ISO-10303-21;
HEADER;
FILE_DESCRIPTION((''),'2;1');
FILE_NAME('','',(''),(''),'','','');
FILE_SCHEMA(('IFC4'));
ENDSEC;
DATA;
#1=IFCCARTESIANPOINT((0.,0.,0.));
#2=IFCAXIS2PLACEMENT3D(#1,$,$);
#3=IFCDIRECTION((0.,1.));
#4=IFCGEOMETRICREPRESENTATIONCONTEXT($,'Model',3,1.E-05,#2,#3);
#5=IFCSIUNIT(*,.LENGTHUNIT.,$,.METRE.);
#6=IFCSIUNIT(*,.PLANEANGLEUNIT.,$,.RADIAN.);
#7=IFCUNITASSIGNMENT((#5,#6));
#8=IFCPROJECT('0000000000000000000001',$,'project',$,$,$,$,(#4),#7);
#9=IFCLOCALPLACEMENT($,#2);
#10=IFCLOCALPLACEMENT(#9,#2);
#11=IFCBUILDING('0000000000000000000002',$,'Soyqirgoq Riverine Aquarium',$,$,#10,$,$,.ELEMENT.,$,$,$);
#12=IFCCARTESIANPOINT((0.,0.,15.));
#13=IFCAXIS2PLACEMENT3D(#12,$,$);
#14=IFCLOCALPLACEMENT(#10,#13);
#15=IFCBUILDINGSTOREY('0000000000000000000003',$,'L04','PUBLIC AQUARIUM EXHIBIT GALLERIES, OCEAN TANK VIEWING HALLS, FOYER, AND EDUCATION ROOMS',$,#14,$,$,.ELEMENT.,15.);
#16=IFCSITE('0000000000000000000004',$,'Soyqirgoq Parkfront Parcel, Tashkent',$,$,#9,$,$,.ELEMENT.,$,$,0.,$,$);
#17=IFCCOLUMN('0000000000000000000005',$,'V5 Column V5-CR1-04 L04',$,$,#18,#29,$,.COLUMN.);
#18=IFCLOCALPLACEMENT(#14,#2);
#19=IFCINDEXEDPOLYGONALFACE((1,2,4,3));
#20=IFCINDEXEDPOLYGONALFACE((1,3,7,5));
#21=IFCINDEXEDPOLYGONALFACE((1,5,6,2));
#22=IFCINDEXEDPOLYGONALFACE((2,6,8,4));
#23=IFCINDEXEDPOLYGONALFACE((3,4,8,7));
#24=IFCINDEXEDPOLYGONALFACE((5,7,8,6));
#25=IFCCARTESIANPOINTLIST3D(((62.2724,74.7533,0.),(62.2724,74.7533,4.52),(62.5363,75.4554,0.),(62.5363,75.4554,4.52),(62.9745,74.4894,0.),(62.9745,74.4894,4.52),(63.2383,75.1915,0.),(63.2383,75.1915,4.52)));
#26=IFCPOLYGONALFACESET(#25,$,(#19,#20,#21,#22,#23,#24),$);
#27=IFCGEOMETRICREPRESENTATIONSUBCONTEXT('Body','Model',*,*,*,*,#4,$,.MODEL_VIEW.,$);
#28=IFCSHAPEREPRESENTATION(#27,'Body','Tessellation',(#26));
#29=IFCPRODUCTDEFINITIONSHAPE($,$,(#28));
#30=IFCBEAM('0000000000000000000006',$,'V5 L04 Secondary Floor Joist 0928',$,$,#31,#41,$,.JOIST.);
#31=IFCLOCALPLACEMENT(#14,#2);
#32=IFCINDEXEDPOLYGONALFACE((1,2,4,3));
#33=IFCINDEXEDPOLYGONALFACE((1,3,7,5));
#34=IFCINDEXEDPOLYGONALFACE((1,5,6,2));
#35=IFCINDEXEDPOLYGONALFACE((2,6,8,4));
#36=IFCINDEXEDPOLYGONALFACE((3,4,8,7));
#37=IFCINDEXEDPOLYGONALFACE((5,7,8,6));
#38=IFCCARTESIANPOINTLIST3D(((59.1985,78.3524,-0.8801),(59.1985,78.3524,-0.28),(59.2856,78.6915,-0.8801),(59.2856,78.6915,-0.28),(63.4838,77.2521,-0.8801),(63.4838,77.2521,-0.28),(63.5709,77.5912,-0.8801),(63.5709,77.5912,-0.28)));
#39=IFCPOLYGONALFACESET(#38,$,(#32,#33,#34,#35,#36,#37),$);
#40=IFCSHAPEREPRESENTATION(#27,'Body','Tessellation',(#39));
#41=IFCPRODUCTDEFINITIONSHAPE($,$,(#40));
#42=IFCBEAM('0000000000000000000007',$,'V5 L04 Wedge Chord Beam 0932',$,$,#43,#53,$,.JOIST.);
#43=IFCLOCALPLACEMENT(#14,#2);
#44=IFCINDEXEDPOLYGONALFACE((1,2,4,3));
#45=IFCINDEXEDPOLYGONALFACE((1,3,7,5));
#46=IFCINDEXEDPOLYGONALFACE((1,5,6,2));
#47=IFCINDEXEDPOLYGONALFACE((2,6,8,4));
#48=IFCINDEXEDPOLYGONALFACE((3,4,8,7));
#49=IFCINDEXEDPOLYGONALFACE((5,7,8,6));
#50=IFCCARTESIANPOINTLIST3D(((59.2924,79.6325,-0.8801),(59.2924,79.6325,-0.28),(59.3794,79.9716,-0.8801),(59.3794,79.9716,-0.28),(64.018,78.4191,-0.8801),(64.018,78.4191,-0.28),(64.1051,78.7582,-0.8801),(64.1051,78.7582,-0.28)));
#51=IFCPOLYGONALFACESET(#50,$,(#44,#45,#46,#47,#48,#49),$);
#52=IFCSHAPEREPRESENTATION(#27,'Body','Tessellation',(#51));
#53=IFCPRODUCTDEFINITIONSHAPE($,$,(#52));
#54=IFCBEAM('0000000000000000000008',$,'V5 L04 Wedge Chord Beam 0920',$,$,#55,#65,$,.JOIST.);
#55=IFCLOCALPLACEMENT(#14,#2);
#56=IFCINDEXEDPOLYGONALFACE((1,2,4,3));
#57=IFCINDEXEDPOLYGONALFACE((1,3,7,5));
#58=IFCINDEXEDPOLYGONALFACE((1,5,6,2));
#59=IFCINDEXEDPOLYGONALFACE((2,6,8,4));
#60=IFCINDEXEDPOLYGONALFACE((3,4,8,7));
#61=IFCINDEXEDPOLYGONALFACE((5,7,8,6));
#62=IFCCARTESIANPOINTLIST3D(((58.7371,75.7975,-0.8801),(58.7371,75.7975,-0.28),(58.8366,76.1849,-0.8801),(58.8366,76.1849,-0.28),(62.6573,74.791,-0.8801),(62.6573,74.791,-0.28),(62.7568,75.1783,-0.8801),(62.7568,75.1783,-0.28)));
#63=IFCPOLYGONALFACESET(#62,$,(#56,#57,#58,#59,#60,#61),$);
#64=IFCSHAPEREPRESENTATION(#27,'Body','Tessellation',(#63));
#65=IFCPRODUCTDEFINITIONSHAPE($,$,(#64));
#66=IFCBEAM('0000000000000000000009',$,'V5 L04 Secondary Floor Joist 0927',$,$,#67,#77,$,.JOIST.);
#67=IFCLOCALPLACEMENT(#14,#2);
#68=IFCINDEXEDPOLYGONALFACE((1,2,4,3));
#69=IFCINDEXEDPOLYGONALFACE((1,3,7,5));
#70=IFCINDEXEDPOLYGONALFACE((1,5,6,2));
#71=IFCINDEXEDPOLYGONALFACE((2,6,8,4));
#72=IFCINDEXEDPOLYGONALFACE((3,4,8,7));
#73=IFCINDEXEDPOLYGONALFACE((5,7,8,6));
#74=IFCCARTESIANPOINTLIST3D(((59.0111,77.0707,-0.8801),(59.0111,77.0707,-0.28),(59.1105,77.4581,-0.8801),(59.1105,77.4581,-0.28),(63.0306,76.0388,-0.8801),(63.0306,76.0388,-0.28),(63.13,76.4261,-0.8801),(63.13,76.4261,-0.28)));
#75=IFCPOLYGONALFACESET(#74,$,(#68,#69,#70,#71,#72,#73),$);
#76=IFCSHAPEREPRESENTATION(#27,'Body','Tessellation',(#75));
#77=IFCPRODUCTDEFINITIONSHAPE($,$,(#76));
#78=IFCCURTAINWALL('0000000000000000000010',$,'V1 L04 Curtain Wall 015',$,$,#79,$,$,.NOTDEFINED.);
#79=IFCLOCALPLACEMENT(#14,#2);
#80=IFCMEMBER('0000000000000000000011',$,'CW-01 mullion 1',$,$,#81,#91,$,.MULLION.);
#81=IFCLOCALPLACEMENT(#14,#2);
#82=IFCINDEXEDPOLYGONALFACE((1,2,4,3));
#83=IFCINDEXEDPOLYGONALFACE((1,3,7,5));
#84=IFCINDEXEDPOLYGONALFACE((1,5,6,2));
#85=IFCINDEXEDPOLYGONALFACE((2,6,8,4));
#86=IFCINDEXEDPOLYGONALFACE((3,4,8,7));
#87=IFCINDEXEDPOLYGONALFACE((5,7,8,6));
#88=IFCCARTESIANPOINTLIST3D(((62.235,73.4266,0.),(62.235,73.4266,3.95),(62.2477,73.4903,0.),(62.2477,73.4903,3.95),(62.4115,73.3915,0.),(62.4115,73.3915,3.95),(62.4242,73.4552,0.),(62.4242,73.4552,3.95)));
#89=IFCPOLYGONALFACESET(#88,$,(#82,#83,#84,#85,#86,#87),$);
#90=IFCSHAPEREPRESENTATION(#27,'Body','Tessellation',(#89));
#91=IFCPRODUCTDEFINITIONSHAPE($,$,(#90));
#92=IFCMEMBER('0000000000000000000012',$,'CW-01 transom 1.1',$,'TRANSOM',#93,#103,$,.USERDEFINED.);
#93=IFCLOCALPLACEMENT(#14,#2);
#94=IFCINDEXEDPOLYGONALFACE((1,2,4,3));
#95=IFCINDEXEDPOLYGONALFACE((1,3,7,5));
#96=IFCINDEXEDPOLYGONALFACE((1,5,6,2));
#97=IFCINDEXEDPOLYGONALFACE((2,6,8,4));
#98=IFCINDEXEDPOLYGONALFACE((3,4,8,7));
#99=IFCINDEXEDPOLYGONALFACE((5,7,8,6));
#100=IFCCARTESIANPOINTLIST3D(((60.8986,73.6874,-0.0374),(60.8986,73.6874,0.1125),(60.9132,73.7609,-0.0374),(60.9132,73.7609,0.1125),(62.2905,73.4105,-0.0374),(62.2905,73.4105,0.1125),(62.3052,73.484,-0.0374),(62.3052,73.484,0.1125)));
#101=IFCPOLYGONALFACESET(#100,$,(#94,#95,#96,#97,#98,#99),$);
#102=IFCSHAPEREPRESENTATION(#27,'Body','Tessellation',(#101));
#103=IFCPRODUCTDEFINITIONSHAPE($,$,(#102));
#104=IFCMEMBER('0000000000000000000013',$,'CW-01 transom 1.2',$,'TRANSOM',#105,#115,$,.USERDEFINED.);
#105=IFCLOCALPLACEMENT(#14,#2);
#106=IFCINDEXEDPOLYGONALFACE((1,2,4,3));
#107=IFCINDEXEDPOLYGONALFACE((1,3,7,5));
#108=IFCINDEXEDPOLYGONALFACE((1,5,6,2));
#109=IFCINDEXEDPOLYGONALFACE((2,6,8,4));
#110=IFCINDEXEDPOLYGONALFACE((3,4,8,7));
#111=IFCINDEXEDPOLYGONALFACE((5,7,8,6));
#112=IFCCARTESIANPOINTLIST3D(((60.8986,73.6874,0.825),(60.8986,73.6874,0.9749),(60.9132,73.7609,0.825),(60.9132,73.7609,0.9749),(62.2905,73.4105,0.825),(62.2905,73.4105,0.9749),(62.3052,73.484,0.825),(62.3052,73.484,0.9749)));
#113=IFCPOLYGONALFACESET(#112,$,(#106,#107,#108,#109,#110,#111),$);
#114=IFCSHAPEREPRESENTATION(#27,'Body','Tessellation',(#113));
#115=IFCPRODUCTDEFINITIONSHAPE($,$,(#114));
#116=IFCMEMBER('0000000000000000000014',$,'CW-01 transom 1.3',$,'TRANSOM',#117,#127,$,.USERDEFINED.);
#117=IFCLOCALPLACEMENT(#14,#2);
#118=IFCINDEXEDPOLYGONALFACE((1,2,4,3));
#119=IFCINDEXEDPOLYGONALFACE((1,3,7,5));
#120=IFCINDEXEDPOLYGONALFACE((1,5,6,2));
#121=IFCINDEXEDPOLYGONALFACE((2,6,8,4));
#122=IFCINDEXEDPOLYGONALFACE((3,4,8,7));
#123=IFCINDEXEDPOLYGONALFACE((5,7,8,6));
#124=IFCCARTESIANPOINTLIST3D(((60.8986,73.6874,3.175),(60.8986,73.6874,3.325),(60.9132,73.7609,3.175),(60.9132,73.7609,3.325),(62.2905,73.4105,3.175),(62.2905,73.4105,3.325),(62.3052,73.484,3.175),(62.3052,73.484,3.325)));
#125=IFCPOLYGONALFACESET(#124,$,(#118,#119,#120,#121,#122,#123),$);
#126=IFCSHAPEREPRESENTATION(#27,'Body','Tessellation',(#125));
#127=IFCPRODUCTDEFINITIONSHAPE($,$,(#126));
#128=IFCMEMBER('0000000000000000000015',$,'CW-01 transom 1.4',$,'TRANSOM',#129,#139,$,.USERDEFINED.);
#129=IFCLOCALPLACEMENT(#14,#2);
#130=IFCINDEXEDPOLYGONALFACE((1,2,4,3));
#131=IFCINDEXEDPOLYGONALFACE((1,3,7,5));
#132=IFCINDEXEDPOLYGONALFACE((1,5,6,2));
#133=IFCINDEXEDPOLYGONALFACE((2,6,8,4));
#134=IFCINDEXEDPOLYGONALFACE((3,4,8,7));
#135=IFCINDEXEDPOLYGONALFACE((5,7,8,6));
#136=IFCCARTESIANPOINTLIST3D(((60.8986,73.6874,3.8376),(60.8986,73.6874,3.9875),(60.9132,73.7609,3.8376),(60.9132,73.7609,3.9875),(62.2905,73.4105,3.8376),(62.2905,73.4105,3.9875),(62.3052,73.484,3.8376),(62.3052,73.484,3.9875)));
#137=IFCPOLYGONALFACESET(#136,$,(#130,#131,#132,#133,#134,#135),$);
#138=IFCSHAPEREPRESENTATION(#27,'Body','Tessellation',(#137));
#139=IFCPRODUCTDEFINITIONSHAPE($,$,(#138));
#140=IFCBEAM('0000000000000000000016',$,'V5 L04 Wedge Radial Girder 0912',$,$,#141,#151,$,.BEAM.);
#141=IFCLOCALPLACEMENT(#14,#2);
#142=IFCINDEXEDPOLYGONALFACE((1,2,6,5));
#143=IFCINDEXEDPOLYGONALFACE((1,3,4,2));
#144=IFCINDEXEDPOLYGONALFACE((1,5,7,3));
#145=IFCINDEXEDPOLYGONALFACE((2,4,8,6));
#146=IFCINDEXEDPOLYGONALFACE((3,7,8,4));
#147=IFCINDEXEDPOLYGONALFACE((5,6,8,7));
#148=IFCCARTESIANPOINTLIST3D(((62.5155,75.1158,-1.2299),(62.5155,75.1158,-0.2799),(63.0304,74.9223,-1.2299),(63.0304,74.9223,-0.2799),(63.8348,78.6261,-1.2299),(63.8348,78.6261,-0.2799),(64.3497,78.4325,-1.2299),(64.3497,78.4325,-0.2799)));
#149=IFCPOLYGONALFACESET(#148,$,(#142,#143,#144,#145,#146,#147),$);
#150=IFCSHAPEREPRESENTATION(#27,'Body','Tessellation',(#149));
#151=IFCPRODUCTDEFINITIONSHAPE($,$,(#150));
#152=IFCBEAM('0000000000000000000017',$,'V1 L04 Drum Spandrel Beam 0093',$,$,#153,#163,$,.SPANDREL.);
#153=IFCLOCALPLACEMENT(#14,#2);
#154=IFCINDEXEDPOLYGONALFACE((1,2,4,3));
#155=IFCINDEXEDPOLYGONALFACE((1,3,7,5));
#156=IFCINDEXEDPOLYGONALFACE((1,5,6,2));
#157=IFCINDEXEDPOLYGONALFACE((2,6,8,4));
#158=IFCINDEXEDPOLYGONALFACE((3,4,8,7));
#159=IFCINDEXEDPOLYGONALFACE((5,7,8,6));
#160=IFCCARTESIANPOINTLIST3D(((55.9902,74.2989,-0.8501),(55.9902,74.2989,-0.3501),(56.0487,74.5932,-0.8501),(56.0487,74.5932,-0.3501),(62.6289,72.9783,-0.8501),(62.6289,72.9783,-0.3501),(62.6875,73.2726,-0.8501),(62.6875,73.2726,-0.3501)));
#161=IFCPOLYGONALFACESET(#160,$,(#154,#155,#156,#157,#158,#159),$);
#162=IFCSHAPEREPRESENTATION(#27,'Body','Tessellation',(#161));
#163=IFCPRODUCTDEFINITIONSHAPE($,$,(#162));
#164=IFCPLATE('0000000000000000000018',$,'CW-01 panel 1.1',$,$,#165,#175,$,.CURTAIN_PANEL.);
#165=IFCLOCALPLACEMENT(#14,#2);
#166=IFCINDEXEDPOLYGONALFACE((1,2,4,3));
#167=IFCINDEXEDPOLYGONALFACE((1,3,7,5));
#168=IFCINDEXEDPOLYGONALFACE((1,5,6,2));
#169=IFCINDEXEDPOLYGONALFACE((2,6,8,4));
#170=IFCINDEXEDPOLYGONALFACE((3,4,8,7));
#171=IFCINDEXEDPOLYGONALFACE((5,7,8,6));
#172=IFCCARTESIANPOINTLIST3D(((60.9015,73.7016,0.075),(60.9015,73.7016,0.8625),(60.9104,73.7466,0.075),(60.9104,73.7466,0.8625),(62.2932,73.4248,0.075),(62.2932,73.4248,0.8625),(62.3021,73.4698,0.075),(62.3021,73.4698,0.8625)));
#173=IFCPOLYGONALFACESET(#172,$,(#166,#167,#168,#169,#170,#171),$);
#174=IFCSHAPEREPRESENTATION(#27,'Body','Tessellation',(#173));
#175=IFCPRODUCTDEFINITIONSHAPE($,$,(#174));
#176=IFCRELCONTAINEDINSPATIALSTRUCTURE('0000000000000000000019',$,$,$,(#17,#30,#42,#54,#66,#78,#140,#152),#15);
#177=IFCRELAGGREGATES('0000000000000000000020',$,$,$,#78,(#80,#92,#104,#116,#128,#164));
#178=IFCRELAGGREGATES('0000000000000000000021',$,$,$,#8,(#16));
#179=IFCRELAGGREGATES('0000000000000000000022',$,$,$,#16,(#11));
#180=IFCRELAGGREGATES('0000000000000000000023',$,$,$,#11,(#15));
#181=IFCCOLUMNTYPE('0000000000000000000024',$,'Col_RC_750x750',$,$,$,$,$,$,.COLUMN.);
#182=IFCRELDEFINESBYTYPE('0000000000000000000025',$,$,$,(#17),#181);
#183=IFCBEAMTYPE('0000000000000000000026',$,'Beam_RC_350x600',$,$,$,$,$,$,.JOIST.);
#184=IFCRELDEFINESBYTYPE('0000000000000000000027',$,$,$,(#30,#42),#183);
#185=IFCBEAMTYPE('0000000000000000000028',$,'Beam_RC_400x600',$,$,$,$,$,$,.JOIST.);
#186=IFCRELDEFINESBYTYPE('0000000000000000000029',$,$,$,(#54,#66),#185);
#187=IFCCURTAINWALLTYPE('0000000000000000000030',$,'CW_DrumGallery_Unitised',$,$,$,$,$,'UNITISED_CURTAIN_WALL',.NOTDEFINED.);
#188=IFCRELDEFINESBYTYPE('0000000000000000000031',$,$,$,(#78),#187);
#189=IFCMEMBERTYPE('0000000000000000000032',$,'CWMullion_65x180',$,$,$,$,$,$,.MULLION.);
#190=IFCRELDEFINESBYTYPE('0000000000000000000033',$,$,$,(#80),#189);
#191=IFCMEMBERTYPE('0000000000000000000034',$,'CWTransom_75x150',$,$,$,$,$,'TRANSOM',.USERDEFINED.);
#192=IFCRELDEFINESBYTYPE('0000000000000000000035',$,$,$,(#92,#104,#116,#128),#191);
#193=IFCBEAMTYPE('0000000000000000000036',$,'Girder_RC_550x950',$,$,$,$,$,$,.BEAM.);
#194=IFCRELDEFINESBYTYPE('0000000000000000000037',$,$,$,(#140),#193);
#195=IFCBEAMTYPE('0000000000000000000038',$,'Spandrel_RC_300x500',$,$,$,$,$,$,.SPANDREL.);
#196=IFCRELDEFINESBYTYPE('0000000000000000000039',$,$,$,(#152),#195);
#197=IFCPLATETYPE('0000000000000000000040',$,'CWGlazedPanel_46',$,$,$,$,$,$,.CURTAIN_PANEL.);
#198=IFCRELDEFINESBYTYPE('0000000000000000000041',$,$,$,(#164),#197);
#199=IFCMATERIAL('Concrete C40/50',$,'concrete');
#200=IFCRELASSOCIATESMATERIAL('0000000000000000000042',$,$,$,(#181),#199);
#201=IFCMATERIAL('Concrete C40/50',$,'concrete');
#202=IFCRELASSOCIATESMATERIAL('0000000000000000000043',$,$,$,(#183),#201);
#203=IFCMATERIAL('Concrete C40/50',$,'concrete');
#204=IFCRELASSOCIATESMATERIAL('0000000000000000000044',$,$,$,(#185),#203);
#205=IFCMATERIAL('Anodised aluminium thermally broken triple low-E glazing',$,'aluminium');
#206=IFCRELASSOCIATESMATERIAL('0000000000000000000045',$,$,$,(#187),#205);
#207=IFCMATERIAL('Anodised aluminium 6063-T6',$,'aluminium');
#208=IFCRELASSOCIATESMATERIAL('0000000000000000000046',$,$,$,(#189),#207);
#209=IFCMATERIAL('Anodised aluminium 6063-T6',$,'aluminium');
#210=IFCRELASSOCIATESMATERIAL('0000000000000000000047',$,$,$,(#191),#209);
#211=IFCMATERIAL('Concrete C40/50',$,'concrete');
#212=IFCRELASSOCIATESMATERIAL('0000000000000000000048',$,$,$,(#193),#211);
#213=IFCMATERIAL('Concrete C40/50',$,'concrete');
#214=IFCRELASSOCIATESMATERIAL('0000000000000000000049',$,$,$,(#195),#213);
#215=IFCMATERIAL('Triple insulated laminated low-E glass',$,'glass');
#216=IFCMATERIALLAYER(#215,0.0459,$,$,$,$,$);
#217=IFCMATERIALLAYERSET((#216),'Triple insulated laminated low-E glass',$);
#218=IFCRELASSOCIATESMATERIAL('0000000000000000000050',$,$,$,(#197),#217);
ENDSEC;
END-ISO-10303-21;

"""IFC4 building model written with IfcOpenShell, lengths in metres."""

from ifc_helpers import new_model, si_unit, direction, frame, origin, origin_2d, place, context, subcontext, project, spatial, rectangle, extrude, material, layer, layer_set, material_profile, profile_set, type_object, element, aggregate, save


model = new_model("IFC4")

# Units and contexts
model_context = context("Model", 3, precision=1e-05, world=origin(), true_north=direction((0.0, 1.0)))
body_context = subcontext(model_context, "Body", "Model", "MODEL_VIEW")
ifc_project = project(units=[si_unit("LENGTHUNIT", "METRE"), si_unit("PLANEANGLEUNIT", "RADIAN")], contexts=[model_context])

# Site, building, storey
site_placement = place(None, origin())
site = spatial("IfcSite", under=ifc_project, at=site_placement, Name="Soyqirgoq Parkfront Parcel, Tashkent", CompositionType="ELEMENT", RefElevation=0.0)
building_placement = place(site_placement, origin())
building = spatial("IfcBuilding", under=site, at=building_placement, Name="Soyqirgoq Riverine Aquarium", CompositionType="ELEMENT")
storey_placement = place(building_placement, frame((0.0, 0.0, 15.0)))
storey = spatial("IfcBuildingStorey", under=building, at=storey_placement, Name="L04", Description="PUBLIC AQUARIUM EXHIBIT GALLERIES, OCEAN TANK VIEWING HALLS, FOYER, AND EDUCATION ROOMS", CompositionType="ELEMENT", Elevation=15.0)

# Column
ifc_material_1 = material(Name="Concrete C40/50", Category="concrete")
ifc_material_profile_1 = material_profile(ifc_material_1, rectangle(XDim=0.75, YDim=0.75, at=origin_2d()), Name="RC 750x750")
ifc_profile_set_1 = profile_set([ifc_material_profile_1], Name="Concrete C40/50")
column_type_1 = type_object("IfcColumnType", Name="Col_RC_750x750", PredefinedType="COLUMN", material=ifc_profile_set_1)
column_1_placement = place(storey_placement, frame((62.7554, 74.9724, 0.0), z_axis=(0.0, 0.0, 1.0), x_axis=(0.351842, 0.93606, 0.0)))
element("IfcColumn", 1, at=column_1_placement, inside=storey, type_object=column_type_1, Name="V5 Column V5-CR1-04 L04", PredefinedType="COLUMN", context=body_context, shape_type="SweptSolid", body=[
    extrude(rectangle(XDim=0.75, YDim=0.75, at=origin_2d()), origin(), (0.0, 0.0, 1.0), 4.52),
])

# Beams
ifc_material_2 = material(Name="Concrete C40/50", Category="concrete")
ifc_material_profile_2 = material_profile(ifc_material_2, rectangle(XDim=0.3501, YDim=0.6001, at=origin_2d()), Name="RC 350x600")
ifc_profile_set_2 = profile_set([ifc_material_profile_2], Name="Concrete C40/50")
beam_type_1 = type_object("IfcBeamType", Name="Beam_RC_350x600", PredefinedType="JOIST", material=ifc_profile_set_2)
beam_1_placement = place(storey_placement, frame((63.5273, 77.4216, -0.5801), z_axis=(-0.968581, 0.248698, 0.0), x_axis=(-0.248698, -0.968581, 0.0)))
element("IfcBeam", 2, at=beam_1_placement, inside=storey, type_object=beam_type_1, Name="V5 L04 Secondary Floor Joist 0928", PredefinedType="JOIST", context=body_context, shape_type="SweptSolid", body=[
    extrude(rectangle(XDim=0.3501, YDim=0.6001, at=origin_2d()), origin(), (0.0, 0.0, 1.0), 4.4243),
])
beam_2_placement = place(storey_placement, frame((64.0615, 78.5886, -0.5801), z_axis=(-0.96858, 0.2487, 0.0), x_axis=(-0.2487, -0.96858, 0.0)))
element("IfcBeam", 3, at=beam_2_placement, inside=storey, type_object=beam_type_1, Name="V5 L04 Wedge Chord Beam 0932", PredefinedType="JOIST", context=body_context, shape_type="SweptSolid", body=[
    extrude(rectangle(XDim=0.3501, YDim=0.6001, at=origin_2d()), origin(), (0.0, 0.0, 1.0), 4.8789),
])
ifc_material_3 = material(Name="Concrete C40/50", Category="concrete")
ifc_material_profile_3 = material_profile(ifc_material_3, rectangle(XDim=0.3999, YDim=0.6001, at=origin_2d()), Name="RC 400x600")
ifc_profile_set_3 = profile_set([ifc_material_profile_3], Name="Concrete C40/50")
beam_type_2 = type_object("IfcBeamType", Name="Beam_RC_400x600", PredefinedType="JOIST", material=ifc_profile_set_3)
beam_3_placement = place(storey_placement, frame((62.707, 74.9846, -0.5801), z_axis=(-0.968579, 0.248705, 0.0), x_axis=(-0.248705, -0.968579, 0.0)))
element("IfcBeam", 4, at=beam_3_placement, inside=storey, type_object=beam_type_2, Name="V5 L04 Wedge Chord Beam 0920", PredefinedType="JOIST", context=body_context, shape_type="SweptSolid", body=[
    extrude(rectangle(XDim=0.3999, YDim=0.6001, at=origin_2d()), origin(), (0.0, 0.0, 1.0), 4.0474),
])
beam_4_placement = place(storey_placement, frame((63.0803, 76.2324, -0.5801), z_axis=(-0.968587, 0.248677, 0.0), x_axis=(-0.248677, -0.968587, 0.0)))
element("IfcBeam", 5, at=beam_4_placement, inside=storey, type_object=beam_type_2, Name="V5 L04 Secondary Floor Joist 0927", PredefinedType="JOIST", context=body_context, shape_type="SweptSolid", body=[
    extrude(rectangle(XDim=0.3999, YDim=0.6001, at=origin_2d()), origin(), (0.0, 0.0, 1.0), 4.1499),
])

# Curtain wall, members
ifc_material_4 = material(Name="Anodised aluminium thermally broken triple low-E glazing", Category="aluminium")
curtain_wall_type = type_object("IfcCurtainWallType", Name="CW_DrumGallery_Unitised", ElementType="UNITISED_CURTAIN_WALL", PredefinedType="NOTDEFINED", material=ifc_material_4)
curtain_wall_placement = place(storey_placement, origin())
curtain_wall = element("IfcCurtainWall", 6, at=curtain_wall_placement, inside=storey, type_object=curtain_wall_type, Name="V1 L04 Curtain Wall 015", PredefinedType="NOTDEFINED")
ifc_material_5 = material(Name="Anodised aluminium 6063-T6", Category="aluminium")
ifc_material_profile_4 = material_profile(ifc_material_5, rectangle(XDim=0.0649, YDim=0.1799, at=origin_2d()), Name="ALU-M 65x180")
ifc_profile_set_4 = profile_set([ifc_material_profile_4], Name="Anodised aluminium 6063-T6")
member_type_1 = type_object("IfcMemberType", Name="CWMullion_65x180", PredefinedType="MULLION", material=ifc_profile_set_4)
member_1_placement = place(storey_placement, frame((62.3296, 73.4409, 0.0), z_axis=(0.0, 0.0, 1.0), x_axis=(-0.195102, -0.980783, 0.0)))
member_1 = element("IfcMember", 7, at=member_1_placement, type_object=member_type_1, Name="CW-01 mullion 1", PredefinedType="MULLION", context=body_context, shape_type="SweptSolid", body=[
    extrude(rectangle(XDim=0.0649, YDim=0.1799, at=origin_2d()), origin(), (0.0, 0.0, 1.0), 3.95),
])
ifc_material_6 = material(Name="Anodised aluminium 6063-T6", Category="aluminium")
ifc_material_profile_5 = material_profile(ifc_material_6, rectangle(XDim=0.075, YDim=0.1499, at=origin_2d()), Name="ALU-T 75x150")
ifc_profile_set_5 = profile_set([ifc_material_profile_5], Name="Anodised aluminium 6063-T6")
member_type_2 = type_object("IfcMemberType", Name="CWTransom_75x150", ElementType="TRANSOM", PredefinedType="USERDEFINED", material=ifc_profile_set_5)
member_2_placement = place(storey_placement, frame((62.2979, 73.4473, 0.0376), z_axis=(-0.980785, 0.19509, 0.0), x_axis=(-0.19509, -0.980785, 0.0)))
member_2 = element("IfcMember", 8, at=member_2_placement, type_object=member_type_2, Name="CW-01 transom 1.1", ObjectType="TRANSOM", PredefinedType="USERDEFINED", context=body_context, shape_type="SweptSolid", body=[
    extrude(rectangle(XDim=0.075, YDim=0.1499, at=origin_2d()), origin(), (0.0, 0.0, 1.0), 1.4192),
])
member_3_placement = place(storey_placement, frame((62.2979, 73.4473, 0.8999), z_axis=(-0.980785, 0.19509, 0.0), x_axis=(-0.19509, -0.980785, 0.0)))
member_3 = element("IfcMember", 9, at=member_3_placement, type_object=member_type_2, Name="CW-01 transom 1.2", ObjectType="TRANSOM", PredefinedType="USERDEFINED", context=body_context, shape_type="SweptSolid", body=[
    extrude(rectangle(XDim=0.075, YDim=0.1499, at=origin_2d()), origin(), (0.0, 0.0, 1.0), 1.4192),
])
member_4_placement = place(storey_placement, frame((62.2979, 73.4473, 3.25), z_axis=(-0.980785, 0.19509, 0.0), x_axis=(-0.19509, -0.980785, 0.0)))
member_4 = element("IfcMember", 10, at=member_4_placement, type_object=member_type_2, Name="CW-01 transom 1.3", ObjectType="TRANSOM", PredefinedType="USERDEFINED", context=body_context, shape_type="SweptSolid", body=[
    extrude(rectangle(XDim=0.075, YDim=0.1499, at=origin_2d()), origin(), (0.0, 0.0, 1.0), 1.4192),
])
member_5_placement = place(storey_placement, frame((62.2979, 73.4473, 3.9126), z_axis=(-0.980785, 0.19509, 0.0), x_axis=(-0.19509, -0.980785, 0.0)))
member_5 = element("IfcMember", 11, at=member_5_placement, type_object=member_type_2, Name="CW-01 transom 1.4", ObjectType="TRANSOM", PredefinedType="USERDEFINED", context=body_context, shape_type="SweptSolid", body=[
    extrude(rectangle(XDim=0.075, YDim=0.1499, at=origin_2d()), origin(), (0.0, 0.0, 1.0), 1.4192),
])

# Beams
ifc_material_7 = material(Name="Concrete C40/50", Category="concrete")
ifc_material_profile_6 = material_profile(ifc_material_7, rectangle(XDim=0.55, YDim=0.95, at=origin_2d()), Name="RC 550x950")
ifc_profile_set_6 = profile_set([ifc_material_profile_6], Name="Concrete C40/50")
beam_type_3 = type_object("IfcBeamType", Name="Girder_RC_550x950", PredefinedType="BEAM", material=ifc_profile_set_6)
beam_5_placement = place(storey_placement, frame((62.7729, 75.019, -0.7549), z_axis=(0.351823, 0.936067, 0.0), x_axis=(-0.936067, 0.351823, 0.0)))
element("IfcBeam", 12, at=beam_5_placement, inside=storey, type_object=beam_type_3, Name="V5 L04 Wedge Radial Girder 0912", PredefinedType="BEAM", context=body_context, shape_type="SweptSolid", body=[
    extrude(rectangle(XDim=0.55, YDim=0.95, at=origin_2d()), origin(), (0.0, 0.0, 1.0), 3.75),
])
ifc_material_8 = material(Name="Concrete C40/50", Category="concrete")
ifc_material_profile_7 = material_profile(ifc_material_8, rectangle(XDim=0.3, YDim=0.5, at=origin_2d()), Name="RC 300x500")
ifc_profile_set_7 = profile_set([ifc_material_profile_7], Name="Concrete C40/50")
beam_type_4 = type_object("IfcBeamType", Name="Spandrel_RC_300x500", PredefinedType="SPANDREL", material=ifc_profile_set_7)
beam_6_placement = place(storey_placement, frame((62.6582, 73.1255, -0.6001), z_axis=(-0.980784, 0.195096, 0.0), x_axis=(-0.195096, -0.980784, 0.0)))
element("IfcBeam", 13, at=beam_6_placement, inside=storey, type_object=beam_type_4, Name="V1 L04 Drum Spandrel Beam 0093", PredefinedType="SPANDREL", context=body_context, shape_type="SweptSolid", body=[
    extrude(rectangle(XDim=0.3, YDim=0.5, at=origin_2d()), origin(), (0.0, 0.0, 1.0), 6.7688),
])

# Plate
ifc_material_9 = material(Name="Triple insulated laminated low-E glass", Category="glass")
ifc_layer_1 = layer(ifc_material_9, 0.0459)
ifc_layer_set_1 = layer_set([ifc_layer_1], Name="Triple insulated laminated low-E glass")
plate_type = type_object("IfcPlateType", Name="CWGlazedPanel_46", PredefinedType="CURTAIN_PANEL", material=ifc_layer_set_1)
plate_1_placement = place(storey_placement, frame((61.6018, 73.5857, 0.075), z_axis=(0.0, 0.0, 1.0), x_axis=(-0.980783, 0.195102, 0.0)))
plate_1 = element("IfcPlate", 14, at=plate_1_placement, type_object=plate_type, Name="CW-01 panel 1.1", PredefinedType="CURTAIN_PANEL", context=body_context, shape_type="SweptSolid", body=[
    extrude(rectangle(XDim=1.4189, YDim=0.0459, at=origin_2d()), origin(), (0.0, 0.0, 1.0), 0.7876),
])
aggregate(curtain_wall, [member_1, member_2, member_3, member_4, member_5, plate_1])

save(model, "model.ifc")
